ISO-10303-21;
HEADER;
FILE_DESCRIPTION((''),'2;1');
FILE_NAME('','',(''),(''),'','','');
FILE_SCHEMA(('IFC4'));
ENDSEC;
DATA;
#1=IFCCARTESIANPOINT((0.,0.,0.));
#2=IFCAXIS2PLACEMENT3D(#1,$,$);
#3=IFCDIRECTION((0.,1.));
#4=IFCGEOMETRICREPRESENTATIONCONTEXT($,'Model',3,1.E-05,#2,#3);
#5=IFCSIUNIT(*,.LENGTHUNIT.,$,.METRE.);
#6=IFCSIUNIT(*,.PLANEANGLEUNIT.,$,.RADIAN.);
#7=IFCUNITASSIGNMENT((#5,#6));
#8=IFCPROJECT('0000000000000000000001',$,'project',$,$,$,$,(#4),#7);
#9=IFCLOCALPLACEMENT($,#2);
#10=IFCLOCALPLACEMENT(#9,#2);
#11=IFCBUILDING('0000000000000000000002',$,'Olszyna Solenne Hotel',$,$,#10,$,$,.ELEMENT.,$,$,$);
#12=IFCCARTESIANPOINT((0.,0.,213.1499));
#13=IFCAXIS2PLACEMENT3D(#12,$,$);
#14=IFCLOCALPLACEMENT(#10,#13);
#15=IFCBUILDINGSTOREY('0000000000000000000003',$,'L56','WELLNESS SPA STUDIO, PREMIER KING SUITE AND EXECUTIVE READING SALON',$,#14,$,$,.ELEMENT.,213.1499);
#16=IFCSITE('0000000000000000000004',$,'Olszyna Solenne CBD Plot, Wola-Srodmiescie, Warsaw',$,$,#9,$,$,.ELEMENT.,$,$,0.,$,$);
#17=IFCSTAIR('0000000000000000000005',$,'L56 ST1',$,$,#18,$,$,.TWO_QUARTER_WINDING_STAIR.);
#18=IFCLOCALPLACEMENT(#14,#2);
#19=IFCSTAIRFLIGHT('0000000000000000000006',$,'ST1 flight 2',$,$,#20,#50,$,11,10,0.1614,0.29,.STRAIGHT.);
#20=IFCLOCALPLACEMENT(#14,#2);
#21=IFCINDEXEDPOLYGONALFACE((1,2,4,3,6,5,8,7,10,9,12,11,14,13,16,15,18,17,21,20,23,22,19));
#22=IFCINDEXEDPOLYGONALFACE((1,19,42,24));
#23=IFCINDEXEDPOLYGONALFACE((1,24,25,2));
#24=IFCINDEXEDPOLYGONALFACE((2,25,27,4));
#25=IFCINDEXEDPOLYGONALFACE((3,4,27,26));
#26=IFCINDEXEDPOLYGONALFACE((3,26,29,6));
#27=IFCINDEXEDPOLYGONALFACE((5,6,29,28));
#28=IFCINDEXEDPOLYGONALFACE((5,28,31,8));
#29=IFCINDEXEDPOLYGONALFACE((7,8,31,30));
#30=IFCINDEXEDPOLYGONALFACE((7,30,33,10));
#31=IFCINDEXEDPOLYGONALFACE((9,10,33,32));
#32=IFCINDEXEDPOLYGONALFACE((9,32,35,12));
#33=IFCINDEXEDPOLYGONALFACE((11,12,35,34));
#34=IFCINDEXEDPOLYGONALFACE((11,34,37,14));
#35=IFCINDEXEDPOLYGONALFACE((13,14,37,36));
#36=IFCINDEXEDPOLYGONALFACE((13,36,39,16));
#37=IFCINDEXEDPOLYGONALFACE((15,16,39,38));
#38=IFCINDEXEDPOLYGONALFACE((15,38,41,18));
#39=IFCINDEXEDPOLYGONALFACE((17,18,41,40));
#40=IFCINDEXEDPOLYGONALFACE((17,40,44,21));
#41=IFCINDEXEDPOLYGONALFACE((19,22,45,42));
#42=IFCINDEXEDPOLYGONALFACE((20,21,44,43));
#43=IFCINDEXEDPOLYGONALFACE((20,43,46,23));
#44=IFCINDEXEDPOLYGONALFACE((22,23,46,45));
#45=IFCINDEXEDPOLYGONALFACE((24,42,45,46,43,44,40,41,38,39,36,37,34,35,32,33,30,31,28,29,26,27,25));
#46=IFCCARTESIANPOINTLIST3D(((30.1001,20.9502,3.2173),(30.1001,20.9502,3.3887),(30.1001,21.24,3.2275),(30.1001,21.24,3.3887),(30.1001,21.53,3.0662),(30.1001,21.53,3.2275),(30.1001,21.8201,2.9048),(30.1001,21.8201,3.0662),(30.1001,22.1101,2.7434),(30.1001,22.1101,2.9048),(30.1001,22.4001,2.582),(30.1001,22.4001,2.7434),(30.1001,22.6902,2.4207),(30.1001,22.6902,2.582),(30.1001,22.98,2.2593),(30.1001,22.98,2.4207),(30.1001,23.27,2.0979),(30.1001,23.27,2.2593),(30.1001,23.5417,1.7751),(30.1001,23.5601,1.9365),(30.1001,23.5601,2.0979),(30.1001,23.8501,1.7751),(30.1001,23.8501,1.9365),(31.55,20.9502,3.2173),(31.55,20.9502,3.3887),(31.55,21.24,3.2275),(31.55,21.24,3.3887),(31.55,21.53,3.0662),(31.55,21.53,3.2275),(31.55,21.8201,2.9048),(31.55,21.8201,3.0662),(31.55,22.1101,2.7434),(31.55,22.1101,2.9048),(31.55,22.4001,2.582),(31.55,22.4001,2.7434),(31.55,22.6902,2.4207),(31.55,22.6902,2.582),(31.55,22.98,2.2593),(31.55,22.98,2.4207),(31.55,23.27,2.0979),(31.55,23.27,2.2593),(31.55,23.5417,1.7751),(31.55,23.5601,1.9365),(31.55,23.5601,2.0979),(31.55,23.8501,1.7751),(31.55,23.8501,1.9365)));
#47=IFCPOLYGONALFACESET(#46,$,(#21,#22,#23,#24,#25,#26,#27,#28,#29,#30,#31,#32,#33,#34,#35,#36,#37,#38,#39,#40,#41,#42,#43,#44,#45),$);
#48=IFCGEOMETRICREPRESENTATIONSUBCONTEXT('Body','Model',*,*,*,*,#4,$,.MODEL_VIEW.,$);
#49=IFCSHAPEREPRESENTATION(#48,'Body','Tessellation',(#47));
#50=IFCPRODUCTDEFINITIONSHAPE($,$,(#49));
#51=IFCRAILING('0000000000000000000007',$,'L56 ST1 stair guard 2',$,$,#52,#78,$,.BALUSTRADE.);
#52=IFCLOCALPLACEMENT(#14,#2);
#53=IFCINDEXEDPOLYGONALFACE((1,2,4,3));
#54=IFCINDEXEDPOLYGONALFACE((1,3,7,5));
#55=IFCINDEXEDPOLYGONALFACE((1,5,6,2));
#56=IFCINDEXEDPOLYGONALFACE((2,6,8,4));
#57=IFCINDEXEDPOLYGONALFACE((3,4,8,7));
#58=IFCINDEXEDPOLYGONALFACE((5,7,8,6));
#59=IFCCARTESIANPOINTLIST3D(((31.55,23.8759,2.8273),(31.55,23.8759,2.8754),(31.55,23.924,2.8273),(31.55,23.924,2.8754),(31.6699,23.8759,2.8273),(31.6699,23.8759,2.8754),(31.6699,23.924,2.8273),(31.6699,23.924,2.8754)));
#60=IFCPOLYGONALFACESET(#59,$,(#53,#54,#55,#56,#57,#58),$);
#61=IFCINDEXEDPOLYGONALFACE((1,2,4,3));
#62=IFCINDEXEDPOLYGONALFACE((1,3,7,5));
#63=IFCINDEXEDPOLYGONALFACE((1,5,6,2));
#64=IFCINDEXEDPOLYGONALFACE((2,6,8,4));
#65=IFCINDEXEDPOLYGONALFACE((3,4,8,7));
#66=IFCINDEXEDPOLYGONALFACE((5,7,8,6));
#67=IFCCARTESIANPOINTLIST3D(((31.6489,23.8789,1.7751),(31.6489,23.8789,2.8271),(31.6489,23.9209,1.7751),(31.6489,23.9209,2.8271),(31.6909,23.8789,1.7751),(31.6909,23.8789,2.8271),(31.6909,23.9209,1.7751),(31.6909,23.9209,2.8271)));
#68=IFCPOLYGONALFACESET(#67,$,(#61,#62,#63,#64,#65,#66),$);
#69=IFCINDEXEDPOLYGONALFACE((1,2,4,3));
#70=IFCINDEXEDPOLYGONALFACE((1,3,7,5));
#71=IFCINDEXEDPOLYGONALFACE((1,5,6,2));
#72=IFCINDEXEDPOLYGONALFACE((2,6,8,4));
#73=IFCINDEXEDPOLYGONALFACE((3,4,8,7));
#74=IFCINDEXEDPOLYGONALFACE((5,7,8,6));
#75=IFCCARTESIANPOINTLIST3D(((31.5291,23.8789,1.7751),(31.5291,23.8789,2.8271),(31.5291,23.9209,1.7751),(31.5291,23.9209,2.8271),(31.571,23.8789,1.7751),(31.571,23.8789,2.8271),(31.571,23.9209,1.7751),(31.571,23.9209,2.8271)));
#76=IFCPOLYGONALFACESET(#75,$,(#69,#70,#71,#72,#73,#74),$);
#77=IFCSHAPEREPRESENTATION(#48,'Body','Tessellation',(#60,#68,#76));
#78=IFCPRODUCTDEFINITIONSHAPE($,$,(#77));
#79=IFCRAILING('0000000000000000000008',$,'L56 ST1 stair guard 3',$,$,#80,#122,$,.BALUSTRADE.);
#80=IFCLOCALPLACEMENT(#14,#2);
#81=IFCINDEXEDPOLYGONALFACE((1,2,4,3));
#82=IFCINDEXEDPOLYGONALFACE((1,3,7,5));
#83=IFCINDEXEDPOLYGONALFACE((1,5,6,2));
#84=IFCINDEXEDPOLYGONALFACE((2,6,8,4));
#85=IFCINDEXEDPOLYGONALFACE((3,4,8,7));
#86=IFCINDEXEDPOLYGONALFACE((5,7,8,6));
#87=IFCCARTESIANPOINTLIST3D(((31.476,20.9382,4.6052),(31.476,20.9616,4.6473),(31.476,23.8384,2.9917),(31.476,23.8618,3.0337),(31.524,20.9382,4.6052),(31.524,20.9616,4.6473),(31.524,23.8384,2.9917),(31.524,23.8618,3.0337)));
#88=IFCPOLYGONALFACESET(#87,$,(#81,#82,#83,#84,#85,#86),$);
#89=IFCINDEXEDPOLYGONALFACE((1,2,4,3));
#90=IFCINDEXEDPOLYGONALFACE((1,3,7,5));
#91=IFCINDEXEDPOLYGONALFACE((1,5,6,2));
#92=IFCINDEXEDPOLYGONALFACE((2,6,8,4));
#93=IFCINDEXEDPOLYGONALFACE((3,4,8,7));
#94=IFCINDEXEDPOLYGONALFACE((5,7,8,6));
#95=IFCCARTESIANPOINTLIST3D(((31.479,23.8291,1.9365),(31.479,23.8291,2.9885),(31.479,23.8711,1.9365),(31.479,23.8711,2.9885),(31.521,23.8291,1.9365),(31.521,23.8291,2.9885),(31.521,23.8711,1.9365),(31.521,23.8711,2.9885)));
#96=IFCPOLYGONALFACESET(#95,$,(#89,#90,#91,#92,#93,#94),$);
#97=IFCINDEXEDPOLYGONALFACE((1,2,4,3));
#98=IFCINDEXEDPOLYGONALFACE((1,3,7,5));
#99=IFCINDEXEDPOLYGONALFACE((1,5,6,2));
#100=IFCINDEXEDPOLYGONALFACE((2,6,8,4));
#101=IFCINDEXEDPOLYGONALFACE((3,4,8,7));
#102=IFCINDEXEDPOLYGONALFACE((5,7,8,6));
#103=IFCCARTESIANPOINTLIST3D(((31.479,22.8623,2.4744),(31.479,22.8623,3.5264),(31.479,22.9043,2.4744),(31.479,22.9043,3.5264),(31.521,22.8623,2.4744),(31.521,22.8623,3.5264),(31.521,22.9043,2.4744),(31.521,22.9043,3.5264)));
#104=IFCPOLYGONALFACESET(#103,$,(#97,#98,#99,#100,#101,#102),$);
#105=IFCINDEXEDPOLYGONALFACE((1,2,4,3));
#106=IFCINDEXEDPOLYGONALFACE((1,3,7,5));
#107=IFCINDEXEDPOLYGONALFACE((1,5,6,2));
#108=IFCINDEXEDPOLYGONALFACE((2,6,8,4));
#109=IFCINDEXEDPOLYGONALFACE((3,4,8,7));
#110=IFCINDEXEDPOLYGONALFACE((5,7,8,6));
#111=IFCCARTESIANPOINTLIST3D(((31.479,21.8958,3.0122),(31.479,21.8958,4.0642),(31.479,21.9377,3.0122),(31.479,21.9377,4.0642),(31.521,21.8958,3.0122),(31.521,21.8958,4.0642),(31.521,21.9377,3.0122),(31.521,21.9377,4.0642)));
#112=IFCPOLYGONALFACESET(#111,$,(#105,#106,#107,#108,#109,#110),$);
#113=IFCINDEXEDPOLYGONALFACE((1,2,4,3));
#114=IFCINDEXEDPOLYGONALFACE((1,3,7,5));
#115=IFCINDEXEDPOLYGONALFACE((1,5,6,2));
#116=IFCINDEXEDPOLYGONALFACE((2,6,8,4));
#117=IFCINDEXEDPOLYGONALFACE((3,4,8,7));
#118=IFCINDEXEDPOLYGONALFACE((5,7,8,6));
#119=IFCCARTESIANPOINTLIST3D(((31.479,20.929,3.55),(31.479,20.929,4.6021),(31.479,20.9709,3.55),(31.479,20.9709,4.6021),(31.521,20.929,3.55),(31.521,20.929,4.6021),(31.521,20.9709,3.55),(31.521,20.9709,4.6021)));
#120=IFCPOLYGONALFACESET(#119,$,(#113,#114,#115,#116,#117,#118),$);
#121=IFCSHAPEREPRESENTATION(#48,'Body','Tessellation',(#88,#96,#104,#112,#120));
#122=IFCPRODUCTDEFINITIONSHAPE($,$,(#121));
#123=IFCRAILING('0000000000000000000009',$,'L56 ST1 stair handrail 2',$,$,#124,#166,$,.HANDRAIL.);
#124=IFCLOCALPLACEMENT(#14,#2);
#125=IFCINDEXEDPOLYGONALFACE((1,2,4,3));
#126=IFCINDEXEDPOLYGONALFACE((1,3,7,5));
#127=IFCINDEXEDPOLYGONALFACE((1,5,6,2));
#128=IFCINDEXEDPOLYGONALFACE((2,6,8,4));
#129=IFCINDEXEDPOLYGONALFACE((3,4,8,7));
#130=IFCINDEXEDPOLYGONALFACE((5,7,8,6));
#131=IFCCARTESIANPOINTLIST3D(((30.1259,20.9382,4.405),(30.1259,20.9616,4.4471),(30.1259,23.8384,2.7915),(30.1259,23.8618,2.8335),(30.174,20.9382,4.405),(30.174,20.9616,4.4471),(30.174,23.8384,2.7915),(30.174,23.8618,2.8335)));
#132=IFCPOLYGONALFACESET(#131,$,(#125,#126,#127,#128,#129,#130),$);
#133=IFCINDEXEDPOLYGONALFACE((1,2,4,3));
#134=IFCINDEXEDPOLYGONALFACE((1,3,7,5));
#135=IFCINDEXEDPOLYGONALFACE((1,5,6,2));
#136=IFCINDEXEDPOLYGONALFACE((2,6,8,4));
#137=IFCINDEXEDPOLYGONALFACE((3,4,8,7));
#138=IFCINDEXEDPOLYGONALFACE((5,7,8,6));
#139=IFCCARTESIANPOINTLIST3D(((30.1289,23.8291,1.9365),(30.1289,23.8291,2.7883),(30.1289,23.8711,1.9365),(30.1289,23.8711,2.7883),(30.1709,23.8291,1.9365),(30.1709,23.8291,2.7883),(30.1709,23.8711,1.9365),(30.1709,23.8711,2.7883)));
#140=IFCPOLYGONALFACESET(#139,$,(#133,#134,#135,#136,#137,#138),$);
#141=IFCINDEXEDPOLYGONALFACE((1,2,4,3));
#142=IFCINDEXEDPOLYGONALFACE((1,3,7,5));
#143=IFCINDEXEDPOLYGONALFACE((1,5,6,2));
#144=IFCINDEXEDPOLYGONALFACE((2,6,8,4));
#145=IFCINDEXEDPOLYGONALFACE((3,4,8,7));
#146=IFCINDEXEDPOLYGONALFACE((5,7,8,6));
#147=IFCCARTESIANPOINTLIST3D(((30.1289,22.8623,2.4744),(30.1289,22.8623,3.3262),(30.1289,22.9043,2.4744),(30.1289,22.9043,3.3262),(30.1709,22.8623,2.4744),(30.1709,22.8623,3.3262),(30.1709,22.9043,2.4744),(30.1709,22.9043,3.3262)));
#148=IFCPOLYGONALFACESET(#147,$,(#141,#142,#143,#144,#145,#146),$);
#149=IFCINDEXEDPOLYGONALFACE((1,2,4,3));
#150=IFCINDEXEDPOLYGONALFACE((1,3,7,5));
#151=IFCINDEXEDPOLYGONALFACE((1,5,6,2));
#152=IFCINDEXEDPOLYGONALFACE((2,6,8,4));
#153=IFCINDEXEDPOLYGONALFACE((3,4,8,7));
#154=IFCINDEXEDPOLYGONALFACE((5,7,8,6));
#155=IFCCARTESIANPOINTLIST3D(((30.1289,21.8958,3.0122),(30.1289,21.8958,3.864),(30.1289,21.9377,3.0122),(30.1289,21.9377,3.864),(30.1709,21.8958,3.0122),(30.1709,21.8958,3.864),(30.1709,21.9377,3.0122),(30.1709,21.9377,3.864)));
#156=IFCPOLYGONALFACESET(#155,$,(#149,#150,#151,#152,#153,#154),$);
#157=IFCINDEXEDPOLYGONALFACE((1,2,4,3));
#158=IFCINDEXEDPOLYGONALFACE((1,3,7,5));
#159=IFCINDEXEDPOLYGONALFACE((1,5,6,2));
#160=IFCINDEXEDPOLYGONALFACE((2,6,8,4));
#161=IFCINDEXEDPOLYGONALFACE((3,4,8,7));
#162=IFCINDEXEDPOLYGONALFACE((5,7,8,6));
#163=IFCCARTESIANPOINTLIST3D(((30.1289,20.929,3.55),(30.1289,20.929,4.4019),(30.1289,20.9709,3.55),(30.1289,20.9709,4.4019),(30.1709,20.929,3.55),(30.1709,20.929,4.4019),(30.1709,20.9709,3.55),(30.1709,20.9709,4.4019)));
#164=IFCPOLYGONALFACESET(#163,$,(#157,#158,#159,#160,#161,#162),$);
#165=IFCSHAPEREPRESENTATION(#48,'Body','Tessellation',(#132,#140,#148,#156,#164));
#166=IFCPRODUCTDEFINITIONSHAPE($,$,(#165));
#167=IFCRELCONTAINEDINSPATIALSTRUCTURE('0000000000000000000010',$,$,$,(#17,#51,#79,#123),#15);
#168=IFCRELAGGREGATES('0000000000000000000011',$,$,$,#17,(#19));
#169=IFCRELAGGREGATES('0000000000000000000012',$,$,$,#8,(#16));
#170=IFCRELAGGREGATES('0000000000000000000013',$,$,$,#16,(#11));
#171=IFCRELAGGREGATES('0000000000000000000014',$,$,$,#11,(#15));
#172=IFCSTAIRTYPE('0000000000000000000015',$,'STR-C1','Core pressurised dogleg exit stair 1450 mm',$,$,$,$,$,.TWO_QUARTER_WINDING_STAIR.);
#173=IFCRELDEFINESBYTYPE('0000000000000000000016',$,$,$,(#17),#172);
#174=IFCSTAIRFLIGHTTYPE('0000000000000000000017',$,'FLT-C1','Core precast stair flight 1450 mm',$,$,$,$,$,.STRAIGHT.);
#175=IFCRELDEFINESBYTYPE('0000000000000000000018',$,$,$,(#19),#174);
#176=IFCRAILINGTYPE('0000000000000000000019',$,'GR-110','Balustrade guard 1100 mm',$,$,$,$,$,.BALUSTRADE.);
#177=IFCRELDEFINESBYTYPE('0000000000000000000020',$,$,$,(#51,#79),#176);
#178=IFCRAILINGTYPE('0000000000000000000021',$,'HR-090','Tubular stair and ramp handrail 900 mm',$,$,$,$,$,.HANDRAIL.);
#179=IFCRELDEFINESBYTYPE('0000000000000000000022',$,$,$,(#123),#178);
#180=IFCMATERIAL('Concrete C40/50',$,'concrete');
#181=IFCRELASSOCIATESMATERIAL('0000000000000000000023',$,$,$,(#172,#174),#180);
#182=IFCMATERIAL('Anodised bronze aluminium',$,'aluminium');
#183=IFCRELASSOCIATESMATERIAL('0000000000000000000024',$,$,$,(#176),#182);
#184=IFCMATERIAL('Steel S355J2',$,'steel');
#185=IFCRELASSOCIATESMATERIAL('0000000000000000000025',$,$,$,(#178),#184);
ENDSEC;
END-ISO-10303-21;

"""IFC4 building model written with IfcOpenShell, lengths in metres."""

from ifc_helpers import new_model, si_unit, direction, frame, origin, origin_2d, place, context, subcontext, project, spatial, polyline, rectangle, outline, extrude, material, type_object, element, aggregate, save


model = new_model("IFC4")

# Units and contexts
model_context = context("Model", 3, precision=1e-05, world=origin(), true_north=direction((0.0, 1.0)))
body_context = subcontext(model_context, "Body", "Model", "MODEL_VIEW")
ifc_project = project(units=[si_unit("LENGTHUNIT", "METRE"), si_unit("PLANEANGLEUNIT", "RADIAN")], contexts=[model_context])

# Site, building, storey
site_placement = place(None, origin())
site = spatial("IfcSite", under=ifc_project, at=site_placement, Name="Olszyna Solenne CBD Plot, Wola-Srodmiescie, Warsaw", CompositionType="ELEMENT", RefElevation=0.0)
building_placement = place(site_placement, origin())
building = spatial("IfcBuilding", under=site, at=building_placement, Name="Olszyna Solenne Hotel", CompositionType="ELEMENT")
storey_placement = place(building_placement, frame((0.0, 0.0, 213.1499)))
storey = spatial("IfcBuildingStorey", under=building, at=storey_placement, Name="L56", Description="WELLNESS SPA STUDIO, PREMIER KING SUITE AND EXECUTIVE READING SALON", CompositionType="ELEMENT", Elevation=213.1499)

# Shared definitions
ifc_material_1 = material(Name="Steel S355J2", Category="steel")

# Stair, stair flight
ifc_material_2 = material(Name="Concrete C40/50", Category="concrete")
stair_type = type_object("IfcStairType", Name="STR-C1", Description="Core pressurised dogleg exit stair 1450 mm", PredefinedType="TWO_QUARTER_WINDING_STAIR", material=ifc_material_2)
stair_placement = place(storey_placement, origin())
stair = element("IfcStair", 1, at=stair_placement, inside=storey, type_object=stair_type, Name="L56 ST1", PredefinedType="TWO_QUARTER_WINDING_STAIR")
stair_flight_type = type_object("IfcStairFlightType", Name="FLT-C1", Description="Core precast stair flight 1450 mm", PredefinedType="STRAIGHT", material=ifc_material_2)
stair_flight_placement = place(storey_placement, frame((30.825, 23.8501, 1.7751), z_axis=(0.0, 0.0, 1.0), x_axis=(0.0, -1.0, 0.0)))
stair_flight = element("IfcStairFlight", 2, at=stair_flight_placement, type_object=stair_flight_type, Name="ST1 flight 2", NumberOfRisers=11, NumberOfTreads=10, PredefinedType="STRAIGHT", RiserHeight=0.1614, TreadLength=0.29, context=body_context, shape_type="SweptSolid", body=[
    extrude(outline(polyline([(0.0, 0.0), (0.0, 0.1614), (0.29, 0.1614), (0.29, 0.3228), (0.5801, 0.3228), (0.5801, 0.4841), (0.8701, 0.4841), (0.8701, 0.6455), (1.1599, 0.6455), (1.1599, 0.8069), (1.45, 0.8069), (1.45, 0.9683), (1.74, 0.9683), (1.74, 1.1296), (2.03, 1.1296), (2.03, 1.291), (2.3201, 1.291), (2.3201, 1.4524), (2.6101, 1.4524), (2.6101, 1.6135), (2.8999, 1.6135), (2.8999, 1.7749), (2.8999, 1.4421), (0.3083, 0.0), (0.0, 0.0)])), frame((0.0, 0.7251, 0.0), z_axis=(0.0, -1.0, 0.0), x_axis=(1.0, 0.0, 0.0)), (0.0, 0.0, 1.0), 1.45),
])
aggregate(stair, [stair_flight])

# Railings
ifc_material_3 = material(Name="Anodised bronze aluminium", Category="aluminium")
railing_type_1 = type_object("IfcRailingType", Name="GR-110", Description="Balustrade guard 1100 mm", PredefinedType="BALUSTRADE", material=ifc_material_3)
railing_1_placement = place(storey_placement, frame((31.6699, 23.8999, 1.7751)))
element("IfcRailing", 3, at=railing_1_placement, inside=storey, type_object=railing_type_1, Name="L56 ST1 stair guard 2", PredefinedType="BALUSTRADE", context=body_context, shape_type="SweptSolid", body=[
    extrude(rectangle(XDim=0.0481, YDim=0.0481, at=origin_2d()), frame((0.0, 0.0, 1.0762), z_axis=(-1.0, 0.0, 0.0), x_axis=(0.0, -1.0, 0.0)), (0.0, 0.0, 1.0), 0.1199),
    extrude(rectangle(XDim=0.042, YDim=0.042, at=origin_2d()), origin(), (0.0, 0.0, 1.0), 1.052),
    extrude(rectangle(XDim=0.042, YDim=0.042, at=origin_2d()), frame((-0.1199, 0.0, 0.0)), (0.0, 0.0, 1.0), 1.052),
])
railing_2_placement = place(storey_placement, frame((31.5, 23.8501, 1.9365)))
element("IfcRailing", 4, at=railing_2_placement, inside=storey, type_object=railing_type_1, Name="L56 ST1 stair guard 3", PredefinedType="BALUSTRADE", context=body_context, shape_type="SweptSolid", body=[
    extrude(rectangle(XDim=0.0481, YDim=0.0481, at=origin_2d()), frame((0.0, 0.0, 1.0762), z_axis=(0.0, -0.873859, 0.48618), x_axis=(1.0, 0.0, 0.0)), (0.0, 0.0, 1.0), 3.3188),
    extrude(rectangle(XDim=0.042, YDim=0.042, at=origin_2d()), origin(), (0.0, 0.0, 1.0), 1.052),
    extrude(rectangle(XDim=0.042, YDim=0.042, at=origin_2d()), frame((0.0, -0.9668, 0.5378)), (0.0, 0.0, 1.0), 1.052),
    extrude(rectangle(XDim=0.042, YDim=0.042, at=origin_2d()), frame((0.0, -1.9333, 1.0757)), (0.0, 0.0, 1.0), 1.052),
    extrude(rectangle(XDim=0.042, YDim=0.042, at=origin_2d()), frame((0.0, -2.9001, 1.6135)), (0.0, 0.0, 1.0), 1.052),
])
railing_type_2 = type_object("IfcRailingType", Name="HR-090", Description="Tubular stair and ramp handrail 900 mm", PredefinedType="HANDRAIL", material=ifc_material_1)
railing_3_placement = place(storey_placement, frame((30.1499, 23.8501, 1.9365)))
element("IfcRailing", 5, at=railing_3_placement, inside=storey, type_object=railing_type_2, Name="L56 ST1 stair handrail 2", PredefinedType="HANDRAIL", context=body_context, shape_type="SweptSolid", body=[
    extrude(rectangle(XDim=0.0481, YDim=0.0481, at=origin_2d()), frame((0.0, 0.0, 0.876), z_axis=(0.0, -0.873859, 0.48618), x_axis=(1.0, 0.0, 0.0)), (0.0, 0.0, 1.0), 3.3188),
    extrude(rectangle(XDim=0.042, YDim=0.042, at=origin_2d()), origin(), (0.0, 0.0, 1.0), 0.8518),
    extrude(rectangle(XDim=0.042, YDim=0.042, at=origin_2d()), frame((0.0, -0.9668, 0.5378)), (0.0, 0.0, 1.0), 0.8518),
    extrude(rectangle(XDim=0.042, YDim=0.042, at=origin_2d()), frame((0.0, -1.9333, 1.0757)), (0.0, 0.0, 1.0), 0.8518),
    extrude(rectangle(XDim=0.042, YDim=0.042, at=origin_2d()), frame((0.0, -2.9001, 1.6135)), (0.0, 0.0, 1.0), 0.8518),
])

save(model, "model.ifc")
